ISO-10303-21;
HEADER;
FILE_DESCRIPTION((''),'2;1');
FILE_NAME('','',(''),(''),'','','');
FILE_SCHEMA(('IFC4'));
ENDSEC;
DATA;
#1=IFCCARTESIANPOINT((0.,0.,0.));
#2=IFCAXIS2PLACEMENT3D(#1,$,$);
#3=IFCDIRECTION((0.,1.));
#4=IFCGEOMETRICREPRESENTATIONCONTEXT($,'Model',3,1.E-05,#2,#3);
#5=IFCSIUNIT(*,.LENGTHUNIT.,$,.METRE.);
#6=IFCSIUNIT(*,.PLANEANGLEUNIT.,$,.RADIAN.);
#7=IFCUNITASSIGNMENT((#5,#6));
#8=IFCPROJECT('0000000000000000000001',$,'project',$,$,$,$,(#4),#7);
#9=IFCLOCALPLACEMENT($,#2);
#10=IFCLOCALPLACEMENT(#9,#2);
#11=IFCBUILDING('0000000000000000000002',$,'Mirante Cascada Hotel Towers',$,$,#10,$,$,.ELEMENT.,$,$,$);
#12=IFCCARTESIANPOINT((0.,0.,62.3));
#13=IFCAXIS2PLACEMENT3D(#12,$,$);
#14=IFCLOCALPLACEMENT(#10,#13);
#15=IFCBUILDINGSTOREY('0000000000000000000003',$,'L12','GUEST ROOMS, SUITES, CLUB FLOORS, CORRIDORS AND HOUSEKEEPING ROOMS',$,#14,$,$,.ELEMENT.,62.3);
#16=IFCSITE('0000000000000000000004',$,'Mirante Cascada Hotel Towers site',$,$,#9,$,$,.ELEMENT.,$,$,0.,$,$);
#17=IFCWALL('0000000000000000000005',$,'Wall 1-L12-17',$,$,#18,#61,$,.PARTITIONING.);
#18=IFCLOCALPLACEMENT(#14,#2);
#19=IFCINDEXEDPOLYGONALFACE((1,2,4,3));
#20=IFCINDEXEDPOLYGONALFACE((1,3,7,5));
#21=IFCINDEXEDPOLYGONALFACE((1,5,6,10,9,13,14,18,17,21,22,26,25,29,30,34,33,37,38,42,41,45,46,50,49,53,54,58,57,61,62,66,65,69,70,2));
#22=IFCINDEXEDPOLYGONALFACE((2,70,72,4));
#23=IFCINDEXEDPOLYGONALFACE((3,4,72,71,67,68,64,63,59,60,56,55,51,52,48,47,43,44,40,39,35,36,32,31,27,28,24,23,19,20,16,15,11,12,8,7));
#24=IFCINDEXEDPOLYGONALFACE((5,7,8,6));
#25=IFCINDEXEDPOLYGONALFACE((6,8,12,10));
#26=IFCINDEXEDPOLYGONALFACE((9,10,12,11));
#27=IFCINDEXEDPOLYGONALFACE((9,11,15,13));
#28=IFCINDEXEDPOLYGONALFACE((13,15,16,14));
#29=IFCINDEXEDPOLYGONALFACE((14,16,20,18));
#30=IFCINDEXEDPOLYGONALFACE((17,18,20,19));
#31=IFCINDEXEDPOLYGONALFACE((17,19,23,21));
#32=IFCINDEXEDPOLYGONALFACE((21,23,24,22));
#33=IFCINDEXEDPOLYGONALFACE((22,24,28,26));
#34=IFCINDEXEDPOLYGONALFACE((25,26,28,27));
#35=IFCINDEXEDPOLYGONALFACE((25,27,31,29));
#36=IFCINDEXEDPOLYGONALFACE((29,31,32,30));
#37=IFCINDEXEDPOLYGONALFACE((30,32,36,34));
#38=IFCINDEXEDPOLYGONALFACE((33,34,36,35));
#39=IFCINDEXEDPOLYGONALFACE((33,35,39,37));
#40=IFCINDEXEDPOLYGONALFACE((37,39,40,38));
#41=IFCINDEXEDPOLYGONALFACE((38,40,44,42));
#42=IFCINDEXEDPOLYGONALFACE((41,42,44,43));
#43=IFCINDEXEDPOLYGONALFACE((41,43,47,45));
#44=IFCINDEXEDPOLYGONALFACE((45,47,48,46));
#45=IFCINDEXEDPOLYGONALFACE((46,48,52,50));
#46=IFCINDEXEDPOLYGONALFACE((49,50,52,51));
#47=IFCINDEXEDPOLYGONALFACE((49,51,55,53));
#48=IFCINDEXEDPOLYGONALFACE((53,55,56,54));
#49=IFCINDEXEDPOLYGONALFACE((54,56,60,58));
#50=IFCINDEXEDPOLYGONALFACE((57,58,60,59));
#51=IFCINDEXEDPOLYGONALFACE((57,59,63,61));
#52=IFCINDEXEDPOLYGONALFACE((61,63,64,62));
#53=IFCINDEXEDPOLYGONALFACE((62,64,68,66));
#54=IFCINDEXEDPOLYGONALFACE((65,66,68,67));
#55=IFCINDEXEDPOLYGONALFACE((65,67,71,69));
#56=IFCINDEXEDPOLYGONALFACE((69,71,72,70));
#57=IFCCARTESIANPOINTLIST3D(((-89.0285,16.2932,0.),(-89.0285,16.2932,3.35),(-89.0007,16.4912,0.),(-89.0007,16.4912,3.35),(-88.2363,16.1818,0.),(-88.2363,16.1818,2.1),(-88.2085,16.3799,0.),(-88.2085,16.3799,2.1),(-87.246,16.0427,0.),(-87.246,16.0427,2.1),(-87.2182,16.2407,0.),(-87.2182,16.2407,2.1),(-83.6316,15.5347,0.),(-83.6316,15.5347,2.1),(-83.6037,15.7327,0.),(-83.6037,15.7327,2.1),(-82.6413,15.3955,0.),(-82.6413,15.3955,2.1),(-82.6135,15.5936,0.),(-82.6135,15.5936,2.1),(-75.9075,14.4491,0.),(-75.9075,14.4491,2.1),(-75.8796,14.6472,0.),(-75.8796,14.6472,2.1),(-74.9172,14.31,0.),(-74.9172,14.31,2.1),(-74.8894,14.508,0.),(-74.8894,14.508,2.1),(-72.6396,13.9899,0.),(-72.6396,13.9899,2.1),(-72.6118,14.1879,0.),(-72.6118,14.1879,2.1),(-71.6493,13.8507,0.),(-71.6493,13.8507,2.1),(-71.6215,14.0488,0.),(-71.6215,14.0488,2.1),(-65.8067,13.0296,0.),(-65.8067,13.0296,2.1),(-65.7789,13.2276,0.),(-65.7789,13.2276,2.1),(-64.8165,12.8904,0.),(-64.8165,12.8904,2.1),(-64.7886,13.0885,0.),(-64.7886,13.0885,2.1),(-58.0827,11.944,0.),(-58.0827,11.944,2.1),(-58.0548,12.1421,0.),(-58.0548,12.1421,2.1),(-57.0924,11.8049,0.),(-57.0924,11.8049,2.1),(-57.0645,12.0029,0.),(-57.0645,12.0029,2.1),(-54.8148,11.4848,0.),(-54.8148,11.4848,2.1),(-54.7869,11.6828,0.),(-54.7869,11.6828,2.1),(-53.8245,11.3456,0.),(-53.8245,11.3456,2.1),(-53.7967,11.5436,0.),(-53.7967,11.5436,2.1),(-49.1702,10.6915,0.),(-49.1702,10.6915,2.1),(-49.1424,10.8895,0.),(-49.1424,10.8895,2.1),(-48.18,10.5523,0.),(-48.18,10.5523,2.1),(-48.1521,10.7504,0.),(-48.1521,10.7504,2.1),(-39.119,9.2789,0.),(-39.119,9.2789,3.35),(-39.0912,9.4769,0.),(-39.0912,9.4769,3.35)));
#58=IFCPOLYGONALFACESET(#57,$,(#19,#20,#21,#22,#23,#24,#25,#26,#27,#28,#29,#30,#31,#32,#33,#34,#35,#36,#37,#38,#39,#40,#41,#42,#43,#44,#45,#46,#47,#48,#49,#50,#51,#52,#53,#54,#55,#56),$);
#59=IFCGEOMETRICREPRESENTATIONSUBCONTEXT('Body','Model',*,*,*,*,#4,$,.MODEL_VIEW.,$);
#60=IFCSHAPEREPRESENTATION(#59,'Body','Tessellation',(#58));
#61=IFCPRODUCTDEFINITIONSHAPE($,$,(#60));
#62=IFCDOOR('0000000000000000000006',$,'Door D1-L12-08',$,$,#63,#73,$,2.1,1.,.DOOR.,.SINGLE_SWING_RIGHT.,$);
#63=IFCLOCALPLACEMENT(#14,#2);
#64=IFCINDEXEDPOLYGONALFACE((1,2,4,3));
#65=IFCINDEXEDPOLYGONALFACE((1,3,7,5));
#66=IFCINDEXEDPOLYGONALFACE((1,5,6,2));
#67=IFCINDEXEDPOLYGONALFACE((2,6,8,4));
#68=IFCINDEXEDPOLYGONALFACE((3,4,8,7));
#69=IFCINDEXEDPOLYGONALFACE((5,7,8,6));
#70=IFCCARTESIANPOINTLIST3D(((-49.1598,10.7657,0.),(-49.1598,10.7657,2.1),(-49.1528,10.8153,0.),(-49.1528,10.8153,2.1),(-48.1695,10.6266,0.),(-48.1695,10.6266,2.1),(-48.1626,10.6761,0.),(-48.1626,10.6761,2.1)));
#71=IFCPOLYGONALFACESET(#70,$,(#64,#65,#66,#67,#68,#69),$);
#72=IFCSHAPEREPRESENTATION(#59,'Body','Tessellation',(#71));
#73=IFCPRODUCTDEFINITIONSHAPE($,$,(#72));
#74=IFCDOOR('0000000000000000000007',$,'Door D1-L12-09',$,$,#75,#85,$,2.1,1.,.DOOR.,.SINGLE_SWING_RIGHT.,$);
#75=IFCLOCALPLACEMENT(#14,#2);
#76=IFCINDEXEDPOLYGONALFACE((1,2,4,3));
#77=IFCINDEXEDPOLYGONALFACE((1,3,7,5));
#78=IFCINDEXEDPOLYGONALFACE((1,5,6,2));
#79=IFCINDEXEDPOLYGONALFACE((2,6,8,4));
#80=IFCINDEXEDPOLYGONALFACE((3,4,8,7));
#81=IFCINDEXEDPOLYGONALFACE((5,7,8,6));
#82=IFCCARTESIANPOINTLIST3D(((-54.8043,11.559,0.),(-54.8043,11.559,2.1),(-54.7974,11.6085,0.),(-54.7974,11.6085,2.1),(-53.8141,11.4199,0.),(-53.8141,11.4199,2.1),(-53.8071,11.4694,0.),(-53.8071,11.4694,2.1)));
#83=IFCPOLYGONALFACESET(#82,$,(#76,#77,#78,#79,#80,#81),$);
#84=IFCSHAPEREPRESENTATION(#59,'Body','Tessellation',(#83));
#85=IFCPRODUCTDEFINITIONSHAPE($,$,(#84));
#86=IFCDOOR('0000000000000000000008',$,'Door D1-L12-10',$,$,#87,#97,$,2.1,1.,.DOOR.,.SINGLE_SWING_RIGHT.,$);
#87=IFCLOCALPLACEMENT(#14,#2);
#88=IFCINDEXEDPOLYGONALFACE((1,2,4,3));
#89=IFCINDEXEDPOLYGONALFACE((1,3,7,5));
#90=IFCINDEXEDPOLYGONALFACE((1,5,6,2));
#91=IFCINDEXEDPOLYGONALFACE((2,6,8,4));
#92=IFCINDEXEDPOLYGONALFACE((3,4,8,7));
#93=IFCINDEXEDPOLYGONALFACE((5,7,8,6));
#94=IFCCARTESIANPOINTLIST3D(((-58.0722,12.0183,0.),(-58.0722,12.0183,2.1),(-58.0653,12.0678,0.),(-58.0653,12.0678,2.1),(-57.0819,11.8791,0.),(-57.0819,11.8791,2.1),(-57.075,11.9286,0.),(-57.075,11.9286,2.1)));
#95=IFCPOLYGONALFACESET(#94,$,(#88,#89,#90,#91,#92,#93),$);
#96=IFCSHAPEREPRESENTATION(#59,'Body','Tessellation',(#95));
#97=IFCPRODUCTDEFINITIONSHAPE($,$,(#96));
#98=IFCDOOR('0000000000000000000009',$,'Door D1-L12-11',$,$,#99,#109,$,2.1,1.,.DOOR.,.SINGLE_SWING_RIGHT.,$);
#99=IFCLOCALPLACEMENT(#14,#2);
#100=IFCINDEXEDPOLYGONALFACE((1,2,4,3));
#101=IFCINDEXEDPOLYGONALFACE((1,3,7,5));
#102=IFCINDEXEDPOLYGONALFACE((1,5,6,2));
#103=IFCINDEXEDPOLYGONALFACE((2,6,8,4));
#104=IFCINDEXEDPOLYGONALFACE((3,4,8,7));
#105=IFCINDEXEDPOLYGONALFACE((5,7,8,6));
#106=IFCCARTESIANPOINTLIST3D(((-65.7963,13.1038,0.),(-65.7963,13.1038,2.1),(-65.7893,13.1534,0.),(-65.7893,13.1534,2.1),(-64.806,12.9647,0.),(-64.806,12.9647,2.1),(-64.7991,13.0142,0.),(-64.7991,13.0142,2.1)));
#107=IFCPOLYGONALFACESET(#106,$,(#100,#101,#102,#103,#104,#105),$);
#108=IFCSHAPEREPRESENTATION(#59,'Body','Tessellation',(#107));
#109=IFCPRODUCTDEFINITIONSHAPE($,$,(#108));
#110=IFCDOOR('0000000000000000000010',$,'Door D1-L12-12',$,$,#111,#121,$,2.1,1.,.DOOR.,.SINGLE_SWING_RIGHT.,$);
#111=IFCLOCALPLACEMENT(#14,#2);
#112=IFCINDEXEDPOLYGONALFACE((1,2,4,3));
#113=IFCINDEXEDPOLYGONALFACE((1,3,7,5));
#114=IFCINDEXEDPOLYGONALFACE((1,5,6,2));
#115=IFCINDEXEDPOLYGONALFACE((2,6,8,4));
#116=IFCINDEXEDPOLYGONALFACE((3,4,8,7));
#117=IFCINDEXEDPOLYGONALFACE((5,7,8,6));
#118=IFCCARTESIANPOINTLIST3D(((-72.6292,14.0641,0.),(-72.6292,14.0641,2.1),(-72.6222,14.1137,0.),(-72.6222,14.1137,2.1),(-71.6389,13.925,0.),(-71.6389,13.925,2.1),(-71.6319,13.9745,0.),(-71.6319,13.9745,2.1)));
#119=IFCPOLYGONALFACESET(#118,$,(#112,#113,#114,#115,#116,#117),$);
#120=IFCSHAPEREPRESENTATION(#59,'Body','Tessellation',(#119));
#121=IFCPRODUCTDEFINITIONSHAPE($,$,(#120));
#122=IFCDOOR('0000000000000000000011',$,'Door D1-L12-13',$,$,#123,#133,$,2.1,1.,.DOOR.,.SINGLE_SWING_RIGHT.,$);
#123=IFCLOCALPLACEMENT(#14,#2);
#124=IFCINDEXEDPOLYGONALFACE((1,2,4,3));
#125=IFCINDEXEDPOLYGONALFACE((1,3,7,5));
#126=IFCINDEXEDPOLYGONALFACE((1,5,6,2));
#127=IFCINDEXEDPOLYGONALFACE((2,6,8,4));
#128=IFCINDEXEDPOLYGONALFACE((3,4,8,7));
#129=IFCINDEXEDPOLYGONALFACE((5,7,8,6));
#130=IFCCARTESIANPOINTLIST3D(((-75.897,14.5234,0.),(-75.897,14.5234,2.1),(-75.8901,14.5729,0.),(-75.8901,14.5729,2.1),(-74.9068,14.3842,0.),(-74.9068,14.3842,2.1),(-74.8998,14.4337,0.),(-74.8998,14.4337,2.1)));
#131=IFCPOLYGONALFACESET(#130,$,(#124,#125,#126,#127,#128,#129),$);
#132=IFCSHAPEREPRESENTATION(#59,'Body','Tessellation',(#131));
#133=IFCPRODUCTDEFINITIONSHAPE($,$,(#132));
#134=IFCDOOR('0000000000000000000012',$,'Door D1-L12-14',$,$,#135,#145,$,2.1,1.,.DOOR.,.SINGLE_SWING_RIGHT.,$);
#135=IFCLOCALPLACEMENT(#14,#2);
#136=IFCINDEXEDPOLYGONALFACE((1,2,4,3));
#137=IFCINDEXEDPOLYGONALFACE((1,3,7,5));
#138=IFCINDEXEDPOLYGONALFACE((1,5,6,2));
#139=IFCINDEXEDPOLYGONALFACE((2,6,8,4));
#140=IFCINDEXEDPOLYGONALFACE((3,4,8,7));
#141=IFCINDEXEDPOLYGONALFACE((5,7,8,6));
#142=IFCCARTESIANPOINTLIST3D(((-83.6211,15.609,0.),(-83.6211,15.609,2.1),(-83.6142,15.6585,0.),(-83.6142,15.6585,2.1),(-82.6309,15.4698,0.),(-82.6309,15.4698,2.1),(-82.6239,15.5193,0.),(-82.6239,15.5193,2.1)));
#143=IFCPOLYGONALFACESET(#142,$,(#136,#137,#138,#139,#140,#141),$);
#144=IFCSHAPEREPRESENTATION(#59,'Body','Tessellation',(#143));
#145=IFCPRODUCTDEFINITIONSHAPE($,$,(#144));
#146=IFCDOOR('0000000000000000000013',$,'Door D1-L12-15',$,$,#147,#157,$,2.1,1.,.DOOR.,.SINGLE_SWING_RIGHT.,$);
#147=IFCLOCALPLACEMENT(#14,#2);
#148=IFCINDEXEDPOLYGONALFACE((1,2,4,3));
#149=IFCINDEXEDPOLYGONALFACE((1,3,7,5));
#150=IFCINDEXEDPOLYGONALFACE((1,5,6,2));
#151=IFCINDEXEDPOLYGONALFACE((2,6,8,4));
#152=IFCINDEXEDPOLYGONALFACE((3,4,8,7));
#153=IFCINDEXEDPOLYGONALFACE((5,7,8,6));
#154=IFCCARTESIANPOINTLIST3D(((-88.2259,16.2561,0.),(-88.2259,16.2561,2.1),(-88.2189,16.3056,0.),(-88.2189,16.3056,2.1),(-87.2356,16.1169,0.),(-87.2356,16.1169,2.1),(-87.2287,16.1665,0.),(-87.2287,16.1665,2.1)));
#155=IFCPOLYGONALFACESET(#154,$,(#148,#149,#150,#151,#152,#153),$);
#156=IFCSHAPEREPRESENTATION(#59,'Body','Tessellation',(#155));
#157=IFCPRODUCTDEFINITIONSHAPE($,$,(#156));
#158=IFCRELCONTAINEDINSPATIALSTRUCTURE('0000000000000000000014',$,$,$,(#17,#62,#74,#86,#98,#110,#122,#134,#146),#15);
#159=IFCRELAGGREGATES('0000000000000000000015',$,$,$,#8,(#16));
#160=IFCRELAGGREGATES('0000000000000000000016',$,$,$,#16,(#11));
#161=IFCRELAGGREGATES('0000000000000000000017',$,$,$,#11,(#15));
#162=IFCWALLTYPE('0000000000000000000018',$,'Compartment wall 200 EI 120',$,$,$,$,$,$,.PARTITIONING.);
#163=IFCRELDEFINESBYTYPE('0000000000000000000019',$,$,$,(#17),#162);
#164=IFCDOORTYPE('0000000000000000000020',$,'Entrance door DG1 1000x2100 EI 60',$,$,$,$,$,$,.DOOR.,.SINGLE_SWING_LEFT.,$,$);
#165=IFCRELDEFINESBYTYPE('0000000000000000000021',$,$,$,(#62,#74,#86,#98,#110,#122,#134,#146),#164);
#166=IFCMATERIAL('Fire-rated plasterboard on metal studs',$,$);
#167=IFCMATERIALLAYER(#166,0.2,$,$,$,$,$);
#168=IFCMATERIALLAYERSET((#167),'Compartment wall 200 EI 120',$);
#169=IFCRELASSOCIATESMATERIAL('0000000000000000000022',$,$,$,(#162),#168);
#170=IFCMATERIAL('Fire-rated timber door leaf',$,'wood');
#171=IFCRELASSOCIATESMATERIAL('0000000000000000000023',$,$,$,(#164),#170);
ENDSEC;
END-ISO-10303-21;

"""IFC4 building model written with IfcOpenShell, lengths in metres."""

from ifc_helpers import new_model, si_unit, direction, frame, frame_2d, origin, place, context, subcontext, project, spatial, rectangle, extrude, material, layer, layer_set, type_object, element, fill, save


model = new_model("IFC4")

# Units and contexts
model_context = context("Model", 3, precision=1e-05, world=origin(), true_north=direction((0.0, 1.0)))
body_context = subcontext(model_context, "Body", "Model", "MODEL_VIEW")
ifc_project = project(units=[si_unit("LENGTHUNIT", "METRE"), si_unit("PLANEANGLEUNIT", "RADIAN")], contexts=[model_context])

# Site, building, storey
site_placement = place(None, origin())
site = spatial("IfcSite", under=ifc_project, at=site_placement, Name="Mirante Cascada Hotel Towers site", CompositionType="ELEMENT", RefElevation=0.0)
building_placement = place(site_placement, origin())
building = spatial("IfcBuilding", under=site, at=building_placement, Name="Mirante Cascada Hotel Towers", CompositionType="ELEMENT")
storey_placement = place(building_placement, frame((0.0, 0.0, 62.3)))
storey = spatial("IfcBuildingStorey", under=building, at=storey_placement, Name="L12", Description="GUEST ROOMS, SUITES, CLUB FLOORS, CORRIDORS AND HOUSEKEEPING ROOMS", CompositionType="ELEMENT", Elevation=62.3)

# Wall, openings, doors
ifc_material_1 = material(Name="Fire-rated plasterboard on metal studs")
ifc_layer_1 = layer(ifc_material_1, 0.2)
ifc_layer_set_1 = layer_set([ifc_layer_1], Name="Compartment wall 200 EI 120")
wall_type_1 = type_object("IfcWallType", Name="Compartment wall 200 EI 120", PredefinedType="PARTITIONING", material=ifc_layer_set_1)
wall_1_placement = place(storey_placement, frame((-39.1051, 9.3779, 0.0), z_axis=(0.0, 0.0, 1.0), x_axis=(-0.990268, 0.139173, 0.0)))
wall_1 = element("IfcWall", 1, at=wall_1_placement, inside=storey, type_object=wall_type_1, Name="Wall 1-L12-17", PredefinedType="PARTITIONING", context=body_context, shape_type="SweptSolid", body=[
    extrude(rectangle(XDim=50.4, YDim=0.2, at=frame_2d((25.2, 0.0))), origin(), (0.0, 0.0, 1.0), 3.35),
])
opening_1_placement = place(wall_1_placement, frame((9.15, 0.0, 0.0)))
opening_1 = element("IfcOpeningElement", 2, at=opening_1_placement, cuts=wall_1, PredefinedType="OPENING", context=body_context, shape_type="SweptSolid", body=[
    extrude(rectangle(XDim=1.0, YDim=2.1, at=frame_2d((0.5, 1.05))), frame((0.0, 0.1, 0.0), z_axis=(0.0, -1.0, 0.0), x_axis=(1.0, 0.0, 0.0)), (0.0, 0.0, 1.0), 0.2),
])
opening_2_placement = place(wall_1_placement, frame((14.85, 0.0, 0.0)))
opening_2 = element("IfcOpeningElement", 3, at=opening_2_placement, cuts=wall_1, PredefinedType="OPENING", context=body_context, shape_type="SweptSolid", body=[
    extrude(rectangle(XDim=1.0, YDim=2.1, at=frame_2d((0.5, 1.05))), frame((0.0, 0.1, 0.0), z_axis=(0.0, -1.0, 0.0), x_axis=(1.0, 0.0, 0.0)), (0.0, 0.0, 1.0), 0.2),
])
opening_3_placement = place(wall_1_placement, frame((18.15, 0.0, 0.0)))
opening_3 = element("IfcOpeningElement", 4, at=opening_3_placement, cuts=wall_1, PredefinedType="OPENING", context=body_context, shape_type="SweptSolid", body=[
    extrude(rectangle(XDim=1.0, YDim=2.1, at=frame_2d((0.5, 1.05))), frame((0.0, 0.1, 0.0), z_axis=(0.0, -1.0, 0.0), x_axis=(1.0, 0.0, 0.0)), (0.0, 0.0, 1.0), 0.2),
])
opening_4_placement = place(wall_1_placement, frame((25.95, 0.0, 0.0)))
opening_4 = element("IfcOpeningElement", 5, at=opening_4_placement, cuts=wall_1, PredefinedType="OPENING", context=body_context, shape_type="SweptSolid", body=[
    extrude(rectangle(XDim=1.0, YDim=2.1, at=frame_2d((0.5, 1.05))), frame((0.0, 0.1, 0.0), z_axis=(0.0, -1.0, 0.0), x_axis=(1.0, 0.0, 0.0)), (0.0, 0.0, 1.0), 0.2),
])
opening_5_placement = place(wall_1_placement, frame((32.85, 0.0, 0.0)))
opening_5 = element("IfcOpeningElement", 6, at=opening_5_placement, cuts=wall_1, PredefinedType="OPENING", context=body_context, shape_type="SweptSolid", body=[
    extrude(rectangle(XDim=1.0, YDim=2.1, at=frame_2d((0.5, 1.05))), frame((0.0, 0.1, 0.0), z_axis=(0.0, -1.0, 0.0), x_axis=(1.0, 0.0, 0.0)), (0.0, 0.0, 1.0), 0.2),
])
opening_6_placement = place(wall_1_placement, frame((36.15, 0.0, 0.0)))
opening_6 = element("IfcOpeningElement", 7, at=opening_6_placement, cuts=wall_1, PredefinedType="OPENING", context=body_context, shape_type="SweptSolid", body=[
    extrude(rectangle(XDim=1.0, YDim=2.1, at=frame_2d((0.5, 1.05))), frame((0.0, 0.1, 0.0), z_axis=(0.0, -1.0, 0.0), x_axis=(1.0, 0.0, 0.0)), (0.0, 0.0, 1.0), 0.2),
])
opening_7_placement = place(wall_1_placement, frame((43.95, 0.0, 0.0)))
opening_7 = element("IfcOpeningElement", 8, at=opening_7_placement, cuts=wall_1, PredefinedType="OPENING", context=body_context, shape_type="SweptSolid", body=[
    extrude(rectangle(XDim=1.0, YDim=2.1, at=frame_2d((0.5, 1.05))), frame((0.0, 0.1, 0.0), z_axis=(0.0, -1.0, 0.0), x_axis=(1.0, 0.0, 0.0)), (0.0, 0.0, 1.0), 0.2),
])
opening_8_placement = place(wall_1_placement, frame((48.6, 0.0, 0.0)))
opening_8 = element("IfcOpeningElement", 9, at=opening_8_placement, cuts=wall_1, PredefinedType="OPENING", context=body_context, shape_type="SweptSolid", body=[
    extrude(rectangle(XDim=1.0, YDim=2.1, at=frame_2d((0.5, 1.05))), frame((0.0, 0.1, 0.0), z_axis=(0.0, -1.0, 0.0), x_axis=(1.0, 0.0, 0.0)), (0.0, 0.0, 1.0), 0.2),
])
ifc_material_2 = material(Name="Fire-rated timber door leaf", Category="wood")
door_type_1 = type_object("IfcDoorType", Name="Entrance door DG1 1000x2100 EI 60", OperationType="SINGLE_SWING_LEFT", PredefinedType="DOOR", material=ifc_material_2)
door_1_placement = place(opening_1_placement, frame((1.0, 0.0, 0.0), z_axis=(0.0, 0.0, 1.0), x_axis=(-1.0, 0.0, 0.0)))
door_1 = element("IfcDoor", 10, at=door_1_placement, inside=storey, type_object=door_type_1, Name="Door D1-L12-08", OperationType="SINGLE_SWING_RIGHT", OverallHeight=2.1, OverallWidth=1.0, PredefinedType="DOOR", context=body_context, shape_type="SweptSolid", body=[
    extrude(rectangle(XDim=1.0, YDim=2.1, at=frame_2d((0.5, 1.05))), frame((0.0, 0.025, 0.0), z_axis=(0.0, -1.0, 0.0), x_axis=(1.0, 0.0, 0.0)), (0.0, 0.0, 1.0), 0.05),
])
fill(opening_1, door_1)
door_2_placement = place(opening_2_placement, frame((1.0, 0.0, 0.0), z_axis=(0.0, 0.0, 1.0), x_axis=(-1.0, 0.0, 0.0)))
door_2 = element("IfcDoor", 11, at=door_2_placement, inside=storey, type_object=door_type_1, Name="Door D1-L12-09", OperationType="SINGLE_SWING_RIGHT", OverallHeight=2.1, OverallWidth=1.0, PredefinedType="DOOR", context=body_context, shape_type="SweptSolid", body=[
    extrude(rectangle(XDim=1.0, YDim=2.1, at=frame_2d((0.5, 1.05))), frame((0.0, 0.025, 0.0), z_axis=(0.0, -1.0, 0.0), x_axis=(1.0, 0.0, 0.0)), (0.0, 0.0, 1.0), 0.05),
])
fill(opening_2, door_2)
door_3_placement = place(opening_3_placement, frame((1.0, 0.0, 0.0), z_axis=(0.0, 0.0, 1.0), x_axis=(-1.0, 0.0, 0.0)))
door_3 = element("IfcDoor", 12, at=door_3_placement, inside=storey, type_object=door_type_1, Name="Door D1-L12-10", OperationType="SINGLE_SWING_RIGHT", OverallHeight=2.1, OverallWidth=1.0, PredefinedType="DOOR", context=body_context, shape_type="SweptSolid", body=[
    extrude(rectangle(XDim=1.0, YDim=2.1, at=frame_2d((0.5, 1.05))), frame((0.0, 0.025, 0.0), z_axis=(0.0, -1.0, 0.0), x_axis=(1.0, 0.0, 0.0)), (0.0, 0.0, 1.0), 0.05),
])
fill(opening_3, door_3)
door_4_placement = place(opening_4_placement, frame((1.0, 0.0, 0.0), z_axis=(0.0, 0.0, 1.0), x_axis=(-1.0, 0.0, 0.0)))
door_4 = element("IfcDoor", 13, at=door_4_placement, inside=storey, type_object=door_type_1, Name="Door D1-L12-11", OperationType="SINGLE_SWING_RIGHT", OverallHeight=2.1, OverallWidth=1.0, PredefinedType="DOOR", context=body_context, shape_type="SweptSolid", body=[
    extrude(rectangle(XDim=1.0, YDim=2.1, at=frame_2d((0.5, 1.05))), frame((0.0, 0.025, 0.0), z_axis=(0.0, -1.0, 0.0), x_axis=(1.0, 0.0, 0.0)), (0.0, 0.0, 1.0), 0.05),
])
fill(opening_4, door_4)
door_5_placement = place(opening_5_placement, frame((1.0, 0.0, 0.0), z_axis=(0.0, 0.0, 1.0), x_axis=(-1.0, 0.0, 0.0)))
door_5 = element("IfcDoor", 14, at=door_5_placement, inside=storey, type_object=door_type_1, Name="Door D1-L12-12", OperationType="SINGLE_SWING_RIGHT", OverallHeight=2.1, OverallWidth=1.0, PredefinedType="DOOR", context=body_context, shape_type="SweptSolid", body=[
    extrude(rectangle(XDim=1.0, YDim=2.1, at=frame_2d((0.5, 1.05))), frame((0.0, 0.025, 0.0), z_axis=(0.0, -1.0, 0.0), x_axis=(1.0, 0.0, 0.0)), (0.0, 0.0, 1.0), 0.05),
])
fill(opening_5, door_5)
door_6_placement = place(opening_6_placement, frame((1.0, 0.0, 0.0), z_axis=(0.0, 0.0, 1.0), x_axis=(-1.0, 0.0, 0.0)))
door_6 = element("IfcDoor", 15, at=door_6_placement, inside=storey, type_object=door_type_1, Name="Door D1-L12-13", OperationType="SINGLE_SWING_RIGHT", OverallHeight=2.1, OverallWidth=1.0, PredefinedType="DOOR", context=body_context, shape_type="SweptSolid", body=[
    extrude(rectangle(XDim=1.0, YDim=2.1, at=frame_2d((0.5, 1.05))), frame((0.0, 0.025, 0.0), z_axis=(0.0, -1.0, 0.0), x_axis=(1.0, 0.0, 0.0)), (0.0, 0.0, 1.0), 0.05),
])
fill(opening_6, door_6)
door_7_placement = place(opening_7_placement, frame((1.0, 0.0, 0.0), z_axis=(0.0, 0.0, 1.0), x_axis=(-1.0, 0.0, 0.0)))
door_7 = element("IfcDoor", 16, at=door_7_placement, inside=storey, type_object=door_type_1, Name="Door D1-L12-14", OperationType="SINGLE_SWING_RIGHT", OverallHeight=2.1, OverallWidth=1.0, PredefinedType="DOOR", context=body_context, shape_type="SweptSolid", body=[
    extrude(rectangle(XDim=1.0, YDim=2.1, at=frame_2d((0.5, 1.05))), frame((0.0, 0.025, 0.0), z_axis=(0.0, -1.0, 0.0), x_axis=(1.0, 0.0, 0.0)), (0.0, 0.0, 1.0), 0.05),
])
fill(opening_7, door_7)
door_8_placement = place(opening_8_placement, frame((1.0, 0.0, 0.0), z_axis=(0.0, 0.0, 1.0), x_axis=(-1.0, 0.0, 0.0)))
door_8 = element("IfcDoor", 17, at=door_8_placement, inside=storey, type_object=door_type_1, Name="Door D1-L12-15", OperationType="SINGLE_SWING_RIGHT", OverallHeight=2.1, OverallWidth=1.0, PredefinedType="DOOR", context=body_context, shape_type="SweptSolid", body=[
    extrude(rectangle(XDim=1.0, YDim=2.1, at=frame_2d((0.5, 1.05))), frame((0.0, 0.025, 0.0), z_axis=(0.0, -1.0, 0.0), x_axis=(1.0, 0.0, 0.0)), (0.0, 0.0, 1.0), 0.05),
])
fill(opening_8, door_8)

save(model, "model.ifc")
